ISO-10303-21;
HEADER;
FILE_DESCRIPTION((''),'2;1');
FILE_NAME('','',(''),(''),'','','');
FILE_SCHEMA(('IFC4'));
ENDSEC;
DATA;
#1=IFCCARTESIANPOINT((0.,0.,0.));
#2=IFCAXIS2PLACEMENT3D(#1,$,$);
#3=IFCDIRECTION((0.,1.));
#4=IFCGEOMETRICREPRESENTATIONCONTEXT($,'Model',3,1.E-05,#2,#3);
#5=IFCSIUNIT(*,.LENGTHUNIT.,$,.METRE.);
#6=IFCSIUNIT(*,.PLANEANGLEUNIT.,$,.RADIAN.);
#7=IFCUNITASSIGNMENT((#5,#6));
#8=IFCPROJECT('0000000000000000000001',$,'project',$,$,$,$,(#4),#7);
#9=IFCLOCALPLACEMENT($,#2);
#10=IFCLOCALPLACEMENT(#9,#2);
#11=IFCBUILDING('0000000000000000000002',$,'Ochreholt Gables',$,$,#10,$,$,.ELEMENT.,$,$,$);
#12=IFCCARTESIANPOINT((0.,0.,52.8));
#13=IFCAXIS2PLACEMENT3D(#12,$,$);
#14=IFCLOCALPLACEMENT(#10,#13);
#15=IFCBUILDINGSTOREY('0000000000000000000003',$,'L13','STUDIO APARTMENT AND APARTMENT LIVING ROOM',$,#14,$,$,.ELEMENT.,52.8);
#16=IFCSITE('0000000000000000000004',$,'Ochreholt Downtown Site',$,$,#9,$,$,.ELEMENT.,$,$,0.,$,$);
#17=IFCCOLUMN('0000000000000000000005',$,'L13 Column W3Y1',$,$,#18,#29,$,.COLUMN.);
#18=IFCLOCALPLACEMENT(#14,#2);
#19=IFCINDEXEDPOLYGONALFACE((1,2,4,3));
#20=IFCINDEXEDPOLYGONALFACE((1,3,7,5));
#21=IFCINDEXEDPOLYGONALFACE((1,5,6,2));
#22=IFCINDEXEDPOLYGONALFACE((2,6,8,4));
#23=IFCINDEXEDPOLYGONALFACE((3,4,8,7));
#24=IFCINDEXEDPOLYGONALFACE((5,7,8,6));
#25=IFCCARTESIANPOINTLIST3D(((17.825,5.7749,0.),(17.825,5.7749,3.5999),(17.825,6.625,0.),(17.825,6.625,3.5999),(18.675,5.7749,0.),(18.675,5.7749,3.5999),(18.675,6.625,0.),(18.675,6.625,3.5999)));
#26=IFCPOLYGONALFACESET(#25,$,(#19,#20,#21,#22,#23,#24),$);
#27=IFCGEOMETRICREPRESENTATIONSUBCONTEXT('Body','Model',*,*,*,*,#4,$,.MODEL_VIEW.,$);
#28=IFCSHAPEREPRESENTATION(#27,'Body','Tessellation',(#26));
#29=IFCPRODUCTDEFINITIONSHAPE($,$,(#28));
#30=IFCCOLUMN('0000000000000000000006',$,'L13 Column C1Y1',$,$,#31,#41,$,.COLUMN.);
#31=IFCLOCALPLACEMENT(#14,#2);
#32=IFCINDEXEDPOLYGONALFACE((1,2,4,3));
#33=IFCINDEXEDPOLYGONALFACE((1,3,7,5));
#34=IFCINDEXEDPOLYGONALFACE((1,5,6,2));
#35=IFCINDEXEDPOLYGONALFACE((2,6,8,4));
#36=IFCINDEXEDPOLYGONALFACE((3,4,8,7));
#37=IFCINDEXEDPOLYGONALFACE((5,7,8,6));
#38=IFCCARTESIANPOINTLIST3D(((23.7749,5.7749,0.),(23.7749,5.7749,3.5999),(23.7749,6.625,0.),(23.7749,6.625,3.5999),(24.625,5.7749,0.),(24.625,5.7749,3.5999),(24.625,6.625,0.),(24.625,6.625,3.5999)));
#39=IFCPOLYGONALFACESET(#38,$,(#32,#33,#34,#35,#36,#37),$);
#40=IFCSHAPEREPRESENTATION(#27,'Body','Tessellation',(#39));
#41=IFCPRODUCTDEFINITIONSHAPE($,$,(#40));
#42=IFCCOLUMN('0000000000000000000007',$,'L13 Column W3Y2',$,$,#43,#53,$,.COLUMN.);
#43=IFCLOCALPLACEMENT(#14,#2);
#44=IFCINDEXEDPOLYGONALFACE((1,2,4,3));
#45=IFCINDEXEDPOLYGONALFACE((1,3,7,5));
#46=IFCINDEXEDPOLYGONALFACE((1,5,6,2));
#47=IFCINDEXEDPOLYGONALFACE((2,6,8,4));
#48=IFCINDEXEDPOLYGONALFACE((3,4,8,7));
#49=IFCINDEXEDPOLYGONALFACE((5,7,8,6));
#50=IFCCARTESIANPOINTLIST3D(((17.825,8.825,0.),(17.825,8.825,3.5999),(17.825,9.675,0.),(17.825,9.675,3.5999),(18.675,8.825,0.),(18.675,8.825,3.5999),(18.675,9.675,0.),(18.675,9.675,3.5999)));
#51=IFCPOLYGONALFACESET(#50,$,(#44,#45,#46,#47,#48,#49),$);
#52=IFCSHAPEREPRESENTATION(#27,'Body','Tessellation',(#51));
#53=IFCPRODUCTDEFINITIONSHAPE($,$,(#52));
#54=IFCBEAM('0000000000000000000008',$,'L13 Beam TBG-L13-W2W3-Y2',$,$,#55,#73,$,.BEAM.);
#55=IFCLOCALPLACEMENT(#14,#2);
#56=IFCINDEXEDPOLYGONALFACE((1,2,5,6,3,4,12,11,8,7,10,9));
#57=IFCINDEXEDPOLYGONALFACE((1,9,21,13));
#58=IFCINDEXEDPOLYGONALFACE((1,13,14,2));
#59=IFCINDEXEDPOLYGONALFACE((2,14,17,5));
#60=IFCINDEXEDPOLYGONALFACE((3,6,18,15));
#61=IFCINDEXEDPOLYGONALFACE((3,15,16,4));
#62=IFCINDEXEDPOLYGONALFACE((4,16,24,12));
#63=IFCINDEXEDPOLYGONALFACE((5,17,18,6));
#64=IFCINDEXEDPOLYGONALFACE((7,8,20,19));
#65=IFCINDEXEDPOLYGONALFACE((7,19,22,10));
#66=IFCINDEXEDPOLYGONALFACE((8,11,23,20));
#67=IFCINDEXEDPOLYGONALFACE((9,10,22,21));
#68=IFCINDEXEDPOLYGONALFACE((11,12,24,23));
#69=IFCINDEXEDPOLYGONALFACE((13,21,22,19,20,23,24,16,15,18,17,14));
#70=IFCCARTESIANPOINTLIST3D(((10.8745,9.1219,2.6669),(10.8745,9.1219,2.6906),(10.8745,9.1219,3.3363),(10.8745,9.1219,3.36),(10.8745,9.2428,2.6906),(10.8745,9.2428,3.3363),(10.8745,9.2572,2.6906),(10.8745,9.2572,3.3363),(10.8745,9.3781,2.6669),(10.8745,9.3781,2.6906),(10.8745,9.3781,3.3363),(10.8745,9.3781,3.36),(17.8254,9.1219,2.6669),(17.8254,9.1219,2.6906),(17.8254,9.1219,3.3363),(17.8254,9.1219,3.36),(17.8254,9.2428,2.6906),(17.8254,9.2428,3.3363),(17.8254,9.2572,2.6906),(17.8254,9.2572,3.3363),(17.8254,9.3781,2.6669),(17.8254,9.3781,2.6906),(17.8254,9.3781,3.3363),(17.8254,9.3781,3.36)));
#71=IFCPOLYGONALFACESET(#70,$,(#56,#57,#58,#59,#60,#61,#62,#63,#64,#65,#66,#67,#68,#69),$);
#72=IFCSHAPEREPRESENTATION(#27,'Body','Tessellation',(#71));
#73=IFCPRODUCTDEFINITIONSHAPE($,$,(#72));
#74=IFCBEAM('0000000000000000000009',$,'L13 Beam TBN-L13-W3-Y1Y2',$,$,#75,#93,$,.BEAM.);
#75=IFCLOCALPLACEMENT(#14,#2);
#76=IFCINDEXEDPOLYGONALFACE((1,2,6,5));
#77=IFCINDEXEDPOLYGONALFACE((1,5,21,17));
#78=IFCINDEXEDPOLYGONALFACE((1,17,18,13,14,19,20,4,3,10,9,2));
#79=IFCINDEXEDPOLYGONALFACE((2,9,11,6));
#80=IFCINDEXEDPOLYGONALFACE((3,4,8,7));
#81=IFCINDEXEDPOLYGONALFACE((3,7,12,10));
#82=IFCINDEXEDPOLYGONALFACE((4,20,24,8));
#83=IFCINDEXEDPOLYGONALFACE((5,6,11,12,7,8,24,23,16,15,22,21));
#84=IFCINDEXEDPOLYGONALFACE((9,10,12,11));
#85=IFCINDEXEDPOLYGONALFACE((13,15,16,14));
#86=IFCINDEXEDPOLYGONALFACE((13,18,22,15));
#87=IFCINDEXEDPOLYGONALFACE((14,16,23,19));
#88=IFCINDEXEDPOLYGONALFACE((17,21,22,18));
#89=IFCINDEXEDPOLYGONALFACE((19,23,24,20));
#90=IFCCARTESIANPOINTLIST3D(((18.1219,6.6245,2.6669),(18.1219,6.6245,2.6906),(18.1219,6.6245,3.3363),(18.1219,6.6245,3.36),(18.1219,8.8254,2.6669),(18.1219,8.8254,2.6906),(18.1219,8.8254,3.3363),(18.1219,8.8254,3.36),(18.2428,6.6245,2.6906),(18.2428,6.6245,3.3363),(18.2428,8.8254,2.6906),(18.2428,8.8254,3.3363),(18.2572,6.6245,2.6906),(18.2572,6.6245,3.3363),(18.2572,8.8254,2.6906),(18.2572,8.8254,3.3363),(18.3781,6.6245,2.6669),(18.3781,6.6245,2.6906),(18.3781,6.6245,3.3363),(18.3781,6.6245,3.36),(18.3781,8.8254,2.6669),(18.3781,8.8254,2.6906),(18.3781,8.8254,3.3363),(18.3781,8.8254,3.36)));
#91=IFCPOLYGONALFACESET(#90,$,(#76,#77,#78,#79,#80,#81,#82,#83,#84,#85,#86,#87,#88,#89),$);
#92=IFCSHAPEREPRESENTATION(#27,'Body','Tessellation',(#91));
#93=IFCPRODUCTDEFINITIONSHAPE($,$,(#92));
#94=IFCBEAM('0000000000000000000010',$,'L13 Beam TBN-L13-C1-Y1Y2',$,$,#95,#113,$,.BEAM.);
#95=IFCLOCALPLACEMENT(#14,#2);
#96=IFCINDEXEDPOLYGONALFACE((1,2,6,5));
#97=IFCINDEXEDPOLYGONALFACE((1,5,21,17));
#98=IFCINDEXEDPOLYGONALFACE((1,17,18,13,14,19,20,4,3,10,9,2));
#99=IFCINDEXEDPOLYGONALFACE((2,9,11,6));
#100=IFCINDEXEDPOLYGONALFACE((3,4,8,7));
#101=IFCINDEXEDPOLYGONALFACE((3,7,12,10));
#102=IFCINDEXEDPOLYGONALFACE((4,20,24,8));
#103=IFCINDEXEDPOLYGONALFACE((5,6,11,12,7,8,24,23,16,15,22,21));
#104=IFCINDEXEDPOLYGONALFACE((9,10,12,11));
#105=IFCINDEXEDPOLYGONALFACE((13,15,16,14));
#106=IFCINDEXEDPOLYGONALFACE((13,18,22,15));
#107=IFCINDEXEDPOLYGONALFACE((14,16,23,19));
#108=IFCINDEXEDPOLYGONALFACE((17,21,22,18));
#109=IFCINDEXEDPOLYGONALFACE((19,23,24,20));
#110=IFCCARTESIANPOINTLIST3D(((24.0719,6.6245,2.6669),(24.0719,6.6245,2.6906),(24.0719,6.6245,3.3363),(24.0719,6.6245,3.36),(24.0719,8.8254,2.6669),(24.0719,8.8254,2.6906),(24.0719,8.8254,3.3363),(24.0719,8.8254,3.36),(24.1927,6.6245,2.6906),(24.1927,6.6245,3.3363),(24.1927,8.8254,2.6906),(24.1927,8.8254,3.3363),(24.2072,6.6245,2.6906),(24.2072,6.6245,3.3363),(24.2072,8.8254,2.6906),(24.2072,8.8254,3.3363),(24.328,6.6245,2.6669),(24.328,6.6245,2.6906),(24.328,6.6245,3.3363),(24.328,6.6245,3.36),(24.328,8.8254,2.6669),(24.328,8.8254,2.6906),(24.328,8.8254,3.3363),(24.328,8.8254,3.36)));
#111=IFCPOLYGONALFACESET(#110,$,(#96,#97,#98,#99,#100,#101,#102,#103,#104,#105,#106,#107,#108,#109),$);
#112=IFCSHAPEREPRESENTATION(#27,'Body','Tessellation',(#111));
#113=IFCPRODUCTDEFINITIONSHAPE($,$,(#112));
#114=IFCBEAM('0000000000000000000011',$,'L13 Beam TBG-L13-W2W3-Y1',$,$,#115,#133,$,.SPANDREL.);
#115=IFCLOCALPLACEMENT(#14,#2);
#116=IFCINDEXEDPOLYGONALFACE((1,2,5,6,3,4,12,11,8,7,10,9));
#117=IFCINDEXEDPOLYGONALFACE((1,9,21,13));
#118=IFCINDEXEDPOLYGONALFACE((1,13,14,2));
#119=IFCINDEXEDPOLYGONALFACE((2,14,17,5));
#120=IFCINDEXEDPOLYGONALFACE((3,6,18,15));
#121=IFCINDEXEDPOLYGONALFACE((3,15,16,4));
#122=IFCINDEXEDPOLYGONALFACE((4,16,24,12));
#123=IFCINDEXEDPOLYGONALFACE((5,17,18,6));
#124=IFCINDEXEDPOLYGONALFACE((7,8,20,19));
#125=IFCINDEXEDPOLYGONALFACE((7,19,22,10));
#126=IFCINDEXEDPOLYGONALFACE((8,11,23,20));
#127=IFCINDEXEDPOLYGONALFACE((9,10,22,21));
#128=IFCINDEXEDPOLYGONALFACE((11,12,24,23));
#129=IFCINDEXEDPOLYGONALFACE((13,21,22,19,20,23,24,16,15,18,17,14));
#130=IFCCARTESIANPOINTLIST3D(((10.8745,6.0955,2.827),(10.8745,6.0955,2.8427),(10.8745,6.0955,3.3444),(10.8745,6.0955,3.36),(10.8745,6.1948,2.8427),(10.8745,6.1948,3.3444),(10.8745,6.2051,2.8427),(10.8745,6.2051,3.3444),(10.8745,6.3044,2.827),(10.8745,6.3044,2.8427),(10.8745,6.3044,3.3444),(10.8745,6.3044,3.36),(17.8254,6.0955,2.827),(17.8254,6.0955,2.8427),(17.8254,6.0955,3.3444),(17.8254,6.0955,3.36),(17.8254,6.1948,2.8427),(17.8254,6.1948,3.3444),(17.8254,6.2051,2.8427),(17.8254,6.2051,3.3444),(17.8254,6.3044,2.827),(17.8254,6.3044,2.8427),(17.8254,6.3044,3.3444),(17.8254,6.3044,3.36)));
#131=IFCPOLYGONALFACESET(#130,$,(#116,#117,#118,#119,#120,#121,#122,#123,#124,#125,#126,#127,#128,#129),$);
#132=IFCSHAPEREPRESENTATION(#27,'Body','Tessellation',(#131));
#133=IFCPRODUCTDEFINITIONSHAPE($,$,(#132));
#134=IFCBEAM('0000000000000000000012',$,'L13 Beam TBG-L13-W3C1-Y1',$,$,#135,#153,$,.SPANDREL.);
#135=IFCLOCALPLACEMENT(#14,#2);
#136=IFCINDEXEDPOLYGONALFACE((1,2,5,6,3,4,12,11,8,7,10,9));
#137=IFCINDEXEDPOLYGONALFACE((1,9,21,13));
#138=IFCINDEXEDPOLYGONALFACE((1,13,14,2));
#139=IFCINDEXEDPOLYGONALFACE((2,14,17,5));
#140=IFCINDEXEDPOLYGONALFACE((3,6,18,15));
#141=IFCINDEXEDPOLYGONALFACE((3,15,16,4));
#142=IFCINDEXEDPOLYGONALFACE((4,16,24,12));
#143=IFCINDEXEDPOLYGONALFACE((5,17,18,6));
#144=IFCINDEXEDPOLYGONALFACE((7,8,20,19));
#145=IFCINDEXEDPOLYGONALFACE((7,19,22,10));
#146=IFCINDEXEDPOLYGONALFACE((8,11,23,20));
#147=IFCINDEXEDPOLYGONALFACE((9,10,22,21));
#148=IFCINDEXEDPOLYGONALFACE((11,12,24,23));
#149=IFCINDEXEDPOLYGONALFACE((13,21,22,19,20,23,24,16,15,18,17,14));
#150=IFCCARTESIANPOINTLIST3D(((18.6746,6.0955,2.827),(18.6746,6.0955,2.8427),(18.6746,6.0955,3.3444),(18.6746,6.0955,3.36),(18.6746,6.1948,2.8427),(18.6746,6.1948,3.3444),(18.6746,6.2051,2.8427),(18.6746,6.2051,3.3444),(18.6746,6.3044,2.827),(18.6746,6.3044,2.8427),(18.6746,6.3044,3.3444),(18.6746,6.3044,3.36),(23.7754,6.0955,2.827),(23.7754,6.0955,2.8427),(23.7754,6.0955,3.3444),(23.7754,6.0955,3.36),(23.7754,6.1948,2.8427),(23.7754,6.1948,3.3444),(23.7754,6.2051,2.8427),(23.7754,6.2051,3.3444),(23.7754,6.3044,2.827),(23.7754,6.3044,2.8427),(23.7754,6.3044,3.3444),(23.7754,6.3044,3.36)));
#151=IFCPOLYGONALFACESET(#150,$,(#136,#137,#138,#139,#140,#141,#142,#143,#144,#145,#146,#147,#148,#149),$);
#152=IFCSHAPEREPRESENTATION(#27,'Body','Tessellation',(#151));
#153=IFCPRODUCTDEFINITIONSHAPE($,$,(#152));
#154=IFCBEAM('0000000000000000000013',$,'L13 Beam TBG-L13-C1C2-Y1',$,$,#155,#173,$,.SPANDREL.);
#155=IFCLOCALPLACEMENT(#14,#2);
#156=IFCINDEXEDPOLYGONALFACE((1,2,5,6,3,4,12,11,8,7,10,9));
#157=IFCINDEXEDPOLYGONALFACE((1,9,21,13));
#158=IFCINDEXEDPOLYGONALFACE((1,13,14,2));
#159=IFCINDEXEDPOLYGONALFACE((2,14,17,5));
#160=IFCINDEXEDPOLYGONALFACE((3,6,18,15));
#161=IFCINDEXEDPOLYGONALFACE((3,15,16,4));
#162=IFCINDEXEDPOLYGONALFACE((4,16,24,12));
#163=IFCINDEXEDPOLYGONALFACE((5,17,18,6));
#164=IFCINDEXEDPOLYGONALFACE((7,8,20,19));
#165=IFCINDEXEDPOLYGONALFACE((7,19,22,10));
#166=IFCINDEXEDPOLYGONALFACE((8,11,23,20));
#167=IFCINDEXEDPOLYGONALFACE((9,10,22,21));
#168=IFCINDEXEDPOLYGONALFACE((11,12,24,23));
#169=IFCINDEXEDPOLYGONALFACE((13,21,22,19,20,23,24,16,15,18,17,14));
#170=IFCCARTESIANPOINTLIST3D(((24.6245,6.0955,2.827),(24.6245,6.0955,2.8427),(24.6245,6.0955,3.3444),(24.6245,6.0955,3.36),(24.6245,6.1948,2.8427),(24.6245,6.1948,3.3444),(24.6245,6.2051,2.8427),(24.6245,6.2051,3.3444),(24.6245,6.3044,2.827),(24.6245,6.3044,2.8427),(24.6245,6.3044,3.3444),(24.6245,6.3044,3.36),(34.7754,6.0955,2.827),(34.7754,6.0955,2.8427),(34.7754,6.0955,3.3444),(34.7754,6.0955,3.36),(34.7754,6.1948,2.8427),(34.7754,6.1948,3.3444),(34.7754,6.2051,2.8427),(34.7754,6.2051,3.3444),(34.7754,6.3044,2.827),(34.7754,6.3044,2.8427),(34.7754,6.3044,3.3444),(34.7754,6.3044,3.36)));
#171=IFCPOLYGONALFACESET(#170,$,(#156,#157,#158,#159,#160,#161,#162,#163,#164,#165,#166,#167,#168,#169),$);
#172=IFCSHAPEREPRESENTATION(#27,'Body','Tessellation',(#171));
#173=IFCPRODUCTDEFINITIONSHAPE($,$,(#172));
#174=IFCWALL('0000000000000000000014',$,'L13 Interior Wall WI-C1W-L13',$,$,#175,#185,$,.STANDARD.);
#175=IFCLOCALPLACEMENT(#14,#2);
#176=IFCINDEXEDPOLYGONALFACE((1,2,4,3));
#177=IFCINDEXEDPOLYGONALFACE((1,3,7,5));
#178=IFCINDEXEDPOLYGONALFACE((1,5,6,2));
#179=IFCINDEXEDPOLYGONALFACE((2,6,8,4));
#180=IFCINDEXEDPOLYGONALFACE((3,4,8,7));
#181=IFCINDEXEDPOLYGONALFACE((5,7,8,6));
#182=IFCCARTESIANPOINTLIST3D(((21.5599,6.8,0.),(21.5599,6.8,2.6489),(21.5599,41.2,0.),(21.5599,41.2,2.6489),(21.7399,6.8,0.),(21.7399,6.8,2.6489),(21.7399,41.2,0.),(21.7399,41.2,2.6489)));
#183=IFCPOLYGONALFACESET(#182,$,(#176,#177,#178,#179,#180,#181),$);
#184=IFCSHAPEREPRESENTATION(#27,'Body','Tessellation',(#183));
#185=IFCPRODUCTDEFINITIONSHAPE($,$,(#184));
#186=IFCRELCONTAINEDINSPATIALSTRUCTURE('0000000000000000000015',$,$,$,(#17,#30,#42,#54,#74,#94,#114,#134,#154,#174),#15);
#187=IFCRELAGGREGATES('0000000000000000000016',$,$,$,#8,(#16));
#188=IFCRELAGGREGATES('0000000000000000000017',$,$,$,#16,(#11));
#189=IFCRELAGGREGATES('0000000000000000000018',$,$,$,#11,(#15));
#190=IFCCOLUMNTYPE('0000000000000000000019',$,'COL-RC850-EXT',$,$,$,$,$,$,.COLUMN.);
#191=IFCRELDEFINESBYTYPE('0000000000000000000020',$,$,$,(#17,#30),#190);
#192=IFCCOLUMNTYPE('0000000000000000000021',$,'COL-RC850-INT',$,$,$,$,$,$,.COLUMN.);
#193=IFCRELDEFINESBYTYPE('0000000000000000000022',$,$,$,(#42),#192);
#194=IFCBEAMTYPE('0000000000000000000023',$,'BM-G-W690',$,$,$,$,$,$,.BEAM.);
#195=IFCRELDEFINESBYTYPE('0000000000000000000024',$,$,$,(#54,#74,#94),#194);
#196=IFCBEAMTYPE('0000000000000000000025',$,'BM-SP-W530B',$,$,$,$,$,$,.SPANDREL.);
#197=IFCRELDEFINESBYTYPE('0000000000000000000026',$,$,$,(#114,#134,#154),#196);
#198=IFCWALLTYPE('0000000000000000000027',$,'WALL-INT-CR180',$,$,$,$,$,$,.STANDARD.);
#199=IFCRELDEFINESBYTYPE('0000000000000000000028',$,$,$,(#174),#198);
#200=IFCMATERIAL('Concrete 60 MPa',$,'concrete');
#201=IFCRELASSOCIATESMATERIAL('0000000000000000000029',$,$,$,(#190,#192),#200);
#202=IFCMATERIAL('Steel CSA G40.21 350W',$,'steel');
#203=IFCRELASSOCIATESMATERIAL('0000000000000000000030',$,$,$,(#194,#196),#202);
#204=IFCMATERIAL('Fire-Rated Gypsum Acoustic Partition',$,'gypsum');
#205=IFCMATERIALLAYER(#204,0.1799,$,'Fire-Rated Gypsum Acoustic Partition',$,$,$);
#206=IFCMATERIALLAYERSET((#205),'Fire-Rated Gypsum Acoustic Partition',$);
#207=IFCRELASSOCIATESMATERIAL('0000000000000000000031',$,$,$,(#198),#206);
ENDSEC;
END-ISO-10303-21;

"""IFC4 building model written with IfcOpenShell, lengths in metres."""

from ifc_helpers import new_model, si_unit, direction, frame, frame_2d, origin, origin_2d, place, context, subcontext, project, spatial, rectangle, i_section, extrude, material, layer, layer_set, material_profile, profile_set, type_object, element, save


model = new_model("IFC4")

# Units and contexts
model_context = context("Model", 3, precision=1e-05, world=origin(), true_north=direction((0.0, 1.0)))
body_context = subcontext(model_context, "Body", "Model", "MODEL_VIEW")
ifc_project = project(units=[si_unit("LENGTHUNIT", "METRE"), si_unit("PLANEANGLEUNIT", "RADIAN")], contexts=[model_context])

# Site, building, storey
site_placement = place(None, origin())
site = spatial("IfcSite", under=ifc_project, at=site_placement, Name="Ochreholt Downtown Site", CompositionType="ELEMENT", RefElevation=0.0)
building_placement = place(site_placement, origin())
building = spatial("IfcBuilding", under=site, at=building_placement, Name="Ochreholt Gables", CompositionType="ELEMENT")
storey_placement = place(building_placement, frame((0.0, 0.0, 52.8)))
storey = spatial("IfcBuildingStorey", under=building, at=storey_placement, Name="L13", Description="STUDIO APARTMENT AND APARTMENT LIVING ROOM", CompositionType="ELEMENT", Elevation=52.8)

# Columns
ifc_material_1 = material(Name="Concrete 60 MPa", Category="concrete")
ifc_material_profile_1 = material_profile(ifc_material_1, rectangle(XDim=0.8501, YDim=0.8501, at=origin_2d()), Name="RC850X850")
ifc_profile_set_1 = profile_set([ifc_material_profile_1], Name="Concrete 60 MPa")
column_type_1 = type_object("IfcColumnType", Name="COL-RC850-EXT", PredefinedType="COLUMN", material=ifc_profile_set_1)
for number, where, z_axis, x_axis, name in (
    (1, (18.25, 6.2, 0.0), (0.0, 0.0, 1.0), (1.0, 0.0, 0.0), "L13 Column W3Y1"),
    (2, (24.2, 6.2, 0.0), (0.0, 0.0, 1.0), (1.0, 0.0, 0.0), "L13 Column C1Y1"),
):
    element("IfcColumn", number, at=place(storey_placement, frame(where, z_axis=z_axis, x_axis=x_axis)), inside=storey, type_object=column_type_1, Name=name, PredefinedType="COLUMN", context=body_context, shape_type="SweptSolid", body=[
        extrude(rectangle(XDim=0.8501, YDim=0.8501, at=origin_2d()), origin(), (0.0, 0.0, 1.0), 3.5999),
    ])
ifc_material_profile_2 = material_profile(ifc_material_1, rectangle(XDim=0.8501, YDim=0.8501, at=origin_2d()), Name="RC850X850")
ifc_profile_set_2 = profile_set([ifc_material_profile_2], Name="Concrete 60 MPa")
column_type_2 = type_object("IfcColumnType", Name="COL-RC850-INT", PredefinedType="COLUMN", material=ifc_profile_set_2)
column_placement = place(storey_placement, frame((18.25, 9.25, 0.0), z_axis=(0.0, 0.0, 1.0), x_axis=(1.0, 0.0, 0.0)))
element("IfcColumn", 3, at=column_placement, inside=storey, type_object=column_type_2, Name="L13 Column W3Y2", PredefinedType="COLUMN", context=body_context, shape_type="SweptSolid", body=[
    extrude(rectangle(XDim=0.8501, YDim=0.8501, at=origin_2d()), origin(), (0.0, 0.0, 1.0), 3.5999),
])

# Beams
ifc_material_2 = material(Name="Steel CSA G40.21 350W", Category="steel")
ifc_material_profile_3 = material_profile(ifc_material_2, i_section(OverallWidth=0.2561, OverallDepth=0.6931, WebThickness=0.0144, FlangeThickness=0.0237, at=origin_2d()), Name="W690X170")
ifc_profile_set_3 = profile_set([ifc_material_profile_3], Name="Steel CSA G40.21 350W")
beam_type_1 = type_object("IfcBeamType", Name="BM-G-W690", PredefinedType="BEAM", material=ifc_profile_set_3)
beam_1_placement = place(storey_placement, frame((10.8745, 9.25, 3.0134), z_axis=(1.0, 0.0, 0.0), x_axis=(0.0, 1.0, 0.0)))
element("IfcBeam", 4, at=beam_1_placement, inside=storey, type_object=beam_type_1, Name="L13 Beam TBG-L13-W2W3-Y2", PredefinedType="BEAM", context=body_context, shape_type="SweptSolid", body=[
    extrude(i_section(OverallWidth=0.2561, OverallDepth=0.6931, WebThickness=0.0144, FlangeThickness=0.0237, at=origin_2d()), origin(), (0.0, 0.0, 1.0), 6.9509),
])
for number, where, z_axis, x_axis, name in (
    (5, (18.25, 6.6245, 3.0134), (0.0, 1.0, 0.0), (-1.0, 0.0, 0.0), "L13 Beam TBN-L13-W3-Y1Y2"),
    (6, (24.2, 6.6245, 3.0134), (0.0, 1.0, 0.0), (-1.0, 0.0, 0.0), "L13 Beam TBN-L13-C1-Y1Y2"),
):
    element("IfcBeam", number, at=place(storey_placement, frame(where, z_axis=z_axis, x_axis=x_axis)), inside=storey, type_object=beam_type_1, Name=name, PredefinedType="BEAM", context=body_context, shape_type="SweptSolid", body=[
        extrude(i_section(OverallWidth=0.2561, OverallDepth=0.6931, WebThickness=0.0144, FlangeThickness=0.0237, at=origin_2d()), origin(), (0.0, 0.0, 1.0), 2.2009),
    ])
ifc_material_profile_4 = material_profile(ifc_material_2, i_section(OverallWidth=0.209, OverallDepth=0.533, WebThickness=0.0103, FlangeThickness=0.0156, at=origin_2d()), Name="W530X92")
ifc_profile_set_4 = profile_set([ifc_material_profile_4], Name="Steel CSA G40.21 350W")
beam_type_2 = type_object("IfcBeamType", Name="BM-SP-W530B", PredefinedType="SPANDREL", material=ifc_profile_set_4)
beam_2_placement = place(storey_placement, frame((10.8745, 6.2, 3.0935), z_axis=(1.0, 0.0, 0.0), x_axis=(0.0, 1.0, 0.0)))
element("IfcBeam", 7, at=beam_2_placement, inside=storey, type_object=beam_type_2, Name="L13 Beam TBG-L13-W2W3-Y1", PredefinedType="SPANDREL", context=body_context, shape_type="SweptSolid", body=[
    extrude(i_section(OverallWidth=0.209, OverallDepth=0.533, WebThickness=0.0103, FlangeThickness=0.0156, at=origin_2d()), origin(), (0.0, 0.0, 1.0), 6.9509),
])
beam_3_placement = place(storey_placement, frame((18.6746, 6.2, 3.0935), z_axis=(1.0, 0.0, 0.0), x_axis=(0.0, 1.0, 0.0)))
element("IfcBeam", 8, at=beam_3_placement, inside=storey, type_object=beam_type_2, Name="L13 Beam TBG-L13-W3C1-Y1", PredefinedType="SPANDREL", context=body_context, shape_type="SweptSolid", body=[
    extrude(i_section(OverallWidth=0.209, OverallDepth=0.533, WebThickness=0.0103, FlangeThickness=0.0156, at=origin_2d()), origin(), (0.0, 0.0, 1.0), 5.1008),
])
beam_4_placement = place(storey_placement, frame((24.6245, 6.2, 3.0935), z_axis=(1.0, 0.0, 0.0), x_axis=(0.0, 1.0, 0.0)))
element("IfcBeam", 9, at=beam_4_placement, inside=storey, type_object=beam_type_2, Name="L13 Beam TBG-L13-C1C2-Y1", PredefinedType="SPANDREL", context=body_context, shape_type="SweptSolid", body=[
    extrude(i_section(OverallWidth=0.209, OverallDepth=0.533, WebThickness=0.0103, FlangeThickness=0.0156, at=origin_2d()), origin(), (0.0, 0.0, 1.0), 10.1509),
])

# Wall
ifc_material_3 = material(Name="Fire-Rated Gypsum Acoustic Partition", Category="gypsum")
ifc_layer_1 = layer(ifc_material_3, 0.1799, Name="Fire-Rated Gypsum Acoustic Partition")
ifc_layer_set_1 = layer_set([ifc_layer_1], Name="Fire-Rated Gypsum Acoustic Partition")
wall_type_1 = type_object("IfcWallType", Name="WALL-INT-CR180", PredefinedType="STANDARD", material=ifc_layer_set_1)
wall_1_placement = place(storey_placement, frame((21.6499, 6.8, 0.0), z_axis=(0.0, 0.0, 1.0), x_axis=(0.0, 1.0, 0.0)))
element("IfcWall", 10, at=wall_1_placement, inside=storey, type_object=wall_type_1, Name="L13 Interior Wall WI-C1W-L13", PredefinedType="STANDARD", context=body_context, shape_type="SweptSolid", body=[
    extrude(rectangle(XDim=34.3999, YDim=0.1799, at=frame_2d((17.2, 0.0))), origin(), (0.0, 0.0, 1.0), 2.6489),
])

save(model, "model.ifc")
